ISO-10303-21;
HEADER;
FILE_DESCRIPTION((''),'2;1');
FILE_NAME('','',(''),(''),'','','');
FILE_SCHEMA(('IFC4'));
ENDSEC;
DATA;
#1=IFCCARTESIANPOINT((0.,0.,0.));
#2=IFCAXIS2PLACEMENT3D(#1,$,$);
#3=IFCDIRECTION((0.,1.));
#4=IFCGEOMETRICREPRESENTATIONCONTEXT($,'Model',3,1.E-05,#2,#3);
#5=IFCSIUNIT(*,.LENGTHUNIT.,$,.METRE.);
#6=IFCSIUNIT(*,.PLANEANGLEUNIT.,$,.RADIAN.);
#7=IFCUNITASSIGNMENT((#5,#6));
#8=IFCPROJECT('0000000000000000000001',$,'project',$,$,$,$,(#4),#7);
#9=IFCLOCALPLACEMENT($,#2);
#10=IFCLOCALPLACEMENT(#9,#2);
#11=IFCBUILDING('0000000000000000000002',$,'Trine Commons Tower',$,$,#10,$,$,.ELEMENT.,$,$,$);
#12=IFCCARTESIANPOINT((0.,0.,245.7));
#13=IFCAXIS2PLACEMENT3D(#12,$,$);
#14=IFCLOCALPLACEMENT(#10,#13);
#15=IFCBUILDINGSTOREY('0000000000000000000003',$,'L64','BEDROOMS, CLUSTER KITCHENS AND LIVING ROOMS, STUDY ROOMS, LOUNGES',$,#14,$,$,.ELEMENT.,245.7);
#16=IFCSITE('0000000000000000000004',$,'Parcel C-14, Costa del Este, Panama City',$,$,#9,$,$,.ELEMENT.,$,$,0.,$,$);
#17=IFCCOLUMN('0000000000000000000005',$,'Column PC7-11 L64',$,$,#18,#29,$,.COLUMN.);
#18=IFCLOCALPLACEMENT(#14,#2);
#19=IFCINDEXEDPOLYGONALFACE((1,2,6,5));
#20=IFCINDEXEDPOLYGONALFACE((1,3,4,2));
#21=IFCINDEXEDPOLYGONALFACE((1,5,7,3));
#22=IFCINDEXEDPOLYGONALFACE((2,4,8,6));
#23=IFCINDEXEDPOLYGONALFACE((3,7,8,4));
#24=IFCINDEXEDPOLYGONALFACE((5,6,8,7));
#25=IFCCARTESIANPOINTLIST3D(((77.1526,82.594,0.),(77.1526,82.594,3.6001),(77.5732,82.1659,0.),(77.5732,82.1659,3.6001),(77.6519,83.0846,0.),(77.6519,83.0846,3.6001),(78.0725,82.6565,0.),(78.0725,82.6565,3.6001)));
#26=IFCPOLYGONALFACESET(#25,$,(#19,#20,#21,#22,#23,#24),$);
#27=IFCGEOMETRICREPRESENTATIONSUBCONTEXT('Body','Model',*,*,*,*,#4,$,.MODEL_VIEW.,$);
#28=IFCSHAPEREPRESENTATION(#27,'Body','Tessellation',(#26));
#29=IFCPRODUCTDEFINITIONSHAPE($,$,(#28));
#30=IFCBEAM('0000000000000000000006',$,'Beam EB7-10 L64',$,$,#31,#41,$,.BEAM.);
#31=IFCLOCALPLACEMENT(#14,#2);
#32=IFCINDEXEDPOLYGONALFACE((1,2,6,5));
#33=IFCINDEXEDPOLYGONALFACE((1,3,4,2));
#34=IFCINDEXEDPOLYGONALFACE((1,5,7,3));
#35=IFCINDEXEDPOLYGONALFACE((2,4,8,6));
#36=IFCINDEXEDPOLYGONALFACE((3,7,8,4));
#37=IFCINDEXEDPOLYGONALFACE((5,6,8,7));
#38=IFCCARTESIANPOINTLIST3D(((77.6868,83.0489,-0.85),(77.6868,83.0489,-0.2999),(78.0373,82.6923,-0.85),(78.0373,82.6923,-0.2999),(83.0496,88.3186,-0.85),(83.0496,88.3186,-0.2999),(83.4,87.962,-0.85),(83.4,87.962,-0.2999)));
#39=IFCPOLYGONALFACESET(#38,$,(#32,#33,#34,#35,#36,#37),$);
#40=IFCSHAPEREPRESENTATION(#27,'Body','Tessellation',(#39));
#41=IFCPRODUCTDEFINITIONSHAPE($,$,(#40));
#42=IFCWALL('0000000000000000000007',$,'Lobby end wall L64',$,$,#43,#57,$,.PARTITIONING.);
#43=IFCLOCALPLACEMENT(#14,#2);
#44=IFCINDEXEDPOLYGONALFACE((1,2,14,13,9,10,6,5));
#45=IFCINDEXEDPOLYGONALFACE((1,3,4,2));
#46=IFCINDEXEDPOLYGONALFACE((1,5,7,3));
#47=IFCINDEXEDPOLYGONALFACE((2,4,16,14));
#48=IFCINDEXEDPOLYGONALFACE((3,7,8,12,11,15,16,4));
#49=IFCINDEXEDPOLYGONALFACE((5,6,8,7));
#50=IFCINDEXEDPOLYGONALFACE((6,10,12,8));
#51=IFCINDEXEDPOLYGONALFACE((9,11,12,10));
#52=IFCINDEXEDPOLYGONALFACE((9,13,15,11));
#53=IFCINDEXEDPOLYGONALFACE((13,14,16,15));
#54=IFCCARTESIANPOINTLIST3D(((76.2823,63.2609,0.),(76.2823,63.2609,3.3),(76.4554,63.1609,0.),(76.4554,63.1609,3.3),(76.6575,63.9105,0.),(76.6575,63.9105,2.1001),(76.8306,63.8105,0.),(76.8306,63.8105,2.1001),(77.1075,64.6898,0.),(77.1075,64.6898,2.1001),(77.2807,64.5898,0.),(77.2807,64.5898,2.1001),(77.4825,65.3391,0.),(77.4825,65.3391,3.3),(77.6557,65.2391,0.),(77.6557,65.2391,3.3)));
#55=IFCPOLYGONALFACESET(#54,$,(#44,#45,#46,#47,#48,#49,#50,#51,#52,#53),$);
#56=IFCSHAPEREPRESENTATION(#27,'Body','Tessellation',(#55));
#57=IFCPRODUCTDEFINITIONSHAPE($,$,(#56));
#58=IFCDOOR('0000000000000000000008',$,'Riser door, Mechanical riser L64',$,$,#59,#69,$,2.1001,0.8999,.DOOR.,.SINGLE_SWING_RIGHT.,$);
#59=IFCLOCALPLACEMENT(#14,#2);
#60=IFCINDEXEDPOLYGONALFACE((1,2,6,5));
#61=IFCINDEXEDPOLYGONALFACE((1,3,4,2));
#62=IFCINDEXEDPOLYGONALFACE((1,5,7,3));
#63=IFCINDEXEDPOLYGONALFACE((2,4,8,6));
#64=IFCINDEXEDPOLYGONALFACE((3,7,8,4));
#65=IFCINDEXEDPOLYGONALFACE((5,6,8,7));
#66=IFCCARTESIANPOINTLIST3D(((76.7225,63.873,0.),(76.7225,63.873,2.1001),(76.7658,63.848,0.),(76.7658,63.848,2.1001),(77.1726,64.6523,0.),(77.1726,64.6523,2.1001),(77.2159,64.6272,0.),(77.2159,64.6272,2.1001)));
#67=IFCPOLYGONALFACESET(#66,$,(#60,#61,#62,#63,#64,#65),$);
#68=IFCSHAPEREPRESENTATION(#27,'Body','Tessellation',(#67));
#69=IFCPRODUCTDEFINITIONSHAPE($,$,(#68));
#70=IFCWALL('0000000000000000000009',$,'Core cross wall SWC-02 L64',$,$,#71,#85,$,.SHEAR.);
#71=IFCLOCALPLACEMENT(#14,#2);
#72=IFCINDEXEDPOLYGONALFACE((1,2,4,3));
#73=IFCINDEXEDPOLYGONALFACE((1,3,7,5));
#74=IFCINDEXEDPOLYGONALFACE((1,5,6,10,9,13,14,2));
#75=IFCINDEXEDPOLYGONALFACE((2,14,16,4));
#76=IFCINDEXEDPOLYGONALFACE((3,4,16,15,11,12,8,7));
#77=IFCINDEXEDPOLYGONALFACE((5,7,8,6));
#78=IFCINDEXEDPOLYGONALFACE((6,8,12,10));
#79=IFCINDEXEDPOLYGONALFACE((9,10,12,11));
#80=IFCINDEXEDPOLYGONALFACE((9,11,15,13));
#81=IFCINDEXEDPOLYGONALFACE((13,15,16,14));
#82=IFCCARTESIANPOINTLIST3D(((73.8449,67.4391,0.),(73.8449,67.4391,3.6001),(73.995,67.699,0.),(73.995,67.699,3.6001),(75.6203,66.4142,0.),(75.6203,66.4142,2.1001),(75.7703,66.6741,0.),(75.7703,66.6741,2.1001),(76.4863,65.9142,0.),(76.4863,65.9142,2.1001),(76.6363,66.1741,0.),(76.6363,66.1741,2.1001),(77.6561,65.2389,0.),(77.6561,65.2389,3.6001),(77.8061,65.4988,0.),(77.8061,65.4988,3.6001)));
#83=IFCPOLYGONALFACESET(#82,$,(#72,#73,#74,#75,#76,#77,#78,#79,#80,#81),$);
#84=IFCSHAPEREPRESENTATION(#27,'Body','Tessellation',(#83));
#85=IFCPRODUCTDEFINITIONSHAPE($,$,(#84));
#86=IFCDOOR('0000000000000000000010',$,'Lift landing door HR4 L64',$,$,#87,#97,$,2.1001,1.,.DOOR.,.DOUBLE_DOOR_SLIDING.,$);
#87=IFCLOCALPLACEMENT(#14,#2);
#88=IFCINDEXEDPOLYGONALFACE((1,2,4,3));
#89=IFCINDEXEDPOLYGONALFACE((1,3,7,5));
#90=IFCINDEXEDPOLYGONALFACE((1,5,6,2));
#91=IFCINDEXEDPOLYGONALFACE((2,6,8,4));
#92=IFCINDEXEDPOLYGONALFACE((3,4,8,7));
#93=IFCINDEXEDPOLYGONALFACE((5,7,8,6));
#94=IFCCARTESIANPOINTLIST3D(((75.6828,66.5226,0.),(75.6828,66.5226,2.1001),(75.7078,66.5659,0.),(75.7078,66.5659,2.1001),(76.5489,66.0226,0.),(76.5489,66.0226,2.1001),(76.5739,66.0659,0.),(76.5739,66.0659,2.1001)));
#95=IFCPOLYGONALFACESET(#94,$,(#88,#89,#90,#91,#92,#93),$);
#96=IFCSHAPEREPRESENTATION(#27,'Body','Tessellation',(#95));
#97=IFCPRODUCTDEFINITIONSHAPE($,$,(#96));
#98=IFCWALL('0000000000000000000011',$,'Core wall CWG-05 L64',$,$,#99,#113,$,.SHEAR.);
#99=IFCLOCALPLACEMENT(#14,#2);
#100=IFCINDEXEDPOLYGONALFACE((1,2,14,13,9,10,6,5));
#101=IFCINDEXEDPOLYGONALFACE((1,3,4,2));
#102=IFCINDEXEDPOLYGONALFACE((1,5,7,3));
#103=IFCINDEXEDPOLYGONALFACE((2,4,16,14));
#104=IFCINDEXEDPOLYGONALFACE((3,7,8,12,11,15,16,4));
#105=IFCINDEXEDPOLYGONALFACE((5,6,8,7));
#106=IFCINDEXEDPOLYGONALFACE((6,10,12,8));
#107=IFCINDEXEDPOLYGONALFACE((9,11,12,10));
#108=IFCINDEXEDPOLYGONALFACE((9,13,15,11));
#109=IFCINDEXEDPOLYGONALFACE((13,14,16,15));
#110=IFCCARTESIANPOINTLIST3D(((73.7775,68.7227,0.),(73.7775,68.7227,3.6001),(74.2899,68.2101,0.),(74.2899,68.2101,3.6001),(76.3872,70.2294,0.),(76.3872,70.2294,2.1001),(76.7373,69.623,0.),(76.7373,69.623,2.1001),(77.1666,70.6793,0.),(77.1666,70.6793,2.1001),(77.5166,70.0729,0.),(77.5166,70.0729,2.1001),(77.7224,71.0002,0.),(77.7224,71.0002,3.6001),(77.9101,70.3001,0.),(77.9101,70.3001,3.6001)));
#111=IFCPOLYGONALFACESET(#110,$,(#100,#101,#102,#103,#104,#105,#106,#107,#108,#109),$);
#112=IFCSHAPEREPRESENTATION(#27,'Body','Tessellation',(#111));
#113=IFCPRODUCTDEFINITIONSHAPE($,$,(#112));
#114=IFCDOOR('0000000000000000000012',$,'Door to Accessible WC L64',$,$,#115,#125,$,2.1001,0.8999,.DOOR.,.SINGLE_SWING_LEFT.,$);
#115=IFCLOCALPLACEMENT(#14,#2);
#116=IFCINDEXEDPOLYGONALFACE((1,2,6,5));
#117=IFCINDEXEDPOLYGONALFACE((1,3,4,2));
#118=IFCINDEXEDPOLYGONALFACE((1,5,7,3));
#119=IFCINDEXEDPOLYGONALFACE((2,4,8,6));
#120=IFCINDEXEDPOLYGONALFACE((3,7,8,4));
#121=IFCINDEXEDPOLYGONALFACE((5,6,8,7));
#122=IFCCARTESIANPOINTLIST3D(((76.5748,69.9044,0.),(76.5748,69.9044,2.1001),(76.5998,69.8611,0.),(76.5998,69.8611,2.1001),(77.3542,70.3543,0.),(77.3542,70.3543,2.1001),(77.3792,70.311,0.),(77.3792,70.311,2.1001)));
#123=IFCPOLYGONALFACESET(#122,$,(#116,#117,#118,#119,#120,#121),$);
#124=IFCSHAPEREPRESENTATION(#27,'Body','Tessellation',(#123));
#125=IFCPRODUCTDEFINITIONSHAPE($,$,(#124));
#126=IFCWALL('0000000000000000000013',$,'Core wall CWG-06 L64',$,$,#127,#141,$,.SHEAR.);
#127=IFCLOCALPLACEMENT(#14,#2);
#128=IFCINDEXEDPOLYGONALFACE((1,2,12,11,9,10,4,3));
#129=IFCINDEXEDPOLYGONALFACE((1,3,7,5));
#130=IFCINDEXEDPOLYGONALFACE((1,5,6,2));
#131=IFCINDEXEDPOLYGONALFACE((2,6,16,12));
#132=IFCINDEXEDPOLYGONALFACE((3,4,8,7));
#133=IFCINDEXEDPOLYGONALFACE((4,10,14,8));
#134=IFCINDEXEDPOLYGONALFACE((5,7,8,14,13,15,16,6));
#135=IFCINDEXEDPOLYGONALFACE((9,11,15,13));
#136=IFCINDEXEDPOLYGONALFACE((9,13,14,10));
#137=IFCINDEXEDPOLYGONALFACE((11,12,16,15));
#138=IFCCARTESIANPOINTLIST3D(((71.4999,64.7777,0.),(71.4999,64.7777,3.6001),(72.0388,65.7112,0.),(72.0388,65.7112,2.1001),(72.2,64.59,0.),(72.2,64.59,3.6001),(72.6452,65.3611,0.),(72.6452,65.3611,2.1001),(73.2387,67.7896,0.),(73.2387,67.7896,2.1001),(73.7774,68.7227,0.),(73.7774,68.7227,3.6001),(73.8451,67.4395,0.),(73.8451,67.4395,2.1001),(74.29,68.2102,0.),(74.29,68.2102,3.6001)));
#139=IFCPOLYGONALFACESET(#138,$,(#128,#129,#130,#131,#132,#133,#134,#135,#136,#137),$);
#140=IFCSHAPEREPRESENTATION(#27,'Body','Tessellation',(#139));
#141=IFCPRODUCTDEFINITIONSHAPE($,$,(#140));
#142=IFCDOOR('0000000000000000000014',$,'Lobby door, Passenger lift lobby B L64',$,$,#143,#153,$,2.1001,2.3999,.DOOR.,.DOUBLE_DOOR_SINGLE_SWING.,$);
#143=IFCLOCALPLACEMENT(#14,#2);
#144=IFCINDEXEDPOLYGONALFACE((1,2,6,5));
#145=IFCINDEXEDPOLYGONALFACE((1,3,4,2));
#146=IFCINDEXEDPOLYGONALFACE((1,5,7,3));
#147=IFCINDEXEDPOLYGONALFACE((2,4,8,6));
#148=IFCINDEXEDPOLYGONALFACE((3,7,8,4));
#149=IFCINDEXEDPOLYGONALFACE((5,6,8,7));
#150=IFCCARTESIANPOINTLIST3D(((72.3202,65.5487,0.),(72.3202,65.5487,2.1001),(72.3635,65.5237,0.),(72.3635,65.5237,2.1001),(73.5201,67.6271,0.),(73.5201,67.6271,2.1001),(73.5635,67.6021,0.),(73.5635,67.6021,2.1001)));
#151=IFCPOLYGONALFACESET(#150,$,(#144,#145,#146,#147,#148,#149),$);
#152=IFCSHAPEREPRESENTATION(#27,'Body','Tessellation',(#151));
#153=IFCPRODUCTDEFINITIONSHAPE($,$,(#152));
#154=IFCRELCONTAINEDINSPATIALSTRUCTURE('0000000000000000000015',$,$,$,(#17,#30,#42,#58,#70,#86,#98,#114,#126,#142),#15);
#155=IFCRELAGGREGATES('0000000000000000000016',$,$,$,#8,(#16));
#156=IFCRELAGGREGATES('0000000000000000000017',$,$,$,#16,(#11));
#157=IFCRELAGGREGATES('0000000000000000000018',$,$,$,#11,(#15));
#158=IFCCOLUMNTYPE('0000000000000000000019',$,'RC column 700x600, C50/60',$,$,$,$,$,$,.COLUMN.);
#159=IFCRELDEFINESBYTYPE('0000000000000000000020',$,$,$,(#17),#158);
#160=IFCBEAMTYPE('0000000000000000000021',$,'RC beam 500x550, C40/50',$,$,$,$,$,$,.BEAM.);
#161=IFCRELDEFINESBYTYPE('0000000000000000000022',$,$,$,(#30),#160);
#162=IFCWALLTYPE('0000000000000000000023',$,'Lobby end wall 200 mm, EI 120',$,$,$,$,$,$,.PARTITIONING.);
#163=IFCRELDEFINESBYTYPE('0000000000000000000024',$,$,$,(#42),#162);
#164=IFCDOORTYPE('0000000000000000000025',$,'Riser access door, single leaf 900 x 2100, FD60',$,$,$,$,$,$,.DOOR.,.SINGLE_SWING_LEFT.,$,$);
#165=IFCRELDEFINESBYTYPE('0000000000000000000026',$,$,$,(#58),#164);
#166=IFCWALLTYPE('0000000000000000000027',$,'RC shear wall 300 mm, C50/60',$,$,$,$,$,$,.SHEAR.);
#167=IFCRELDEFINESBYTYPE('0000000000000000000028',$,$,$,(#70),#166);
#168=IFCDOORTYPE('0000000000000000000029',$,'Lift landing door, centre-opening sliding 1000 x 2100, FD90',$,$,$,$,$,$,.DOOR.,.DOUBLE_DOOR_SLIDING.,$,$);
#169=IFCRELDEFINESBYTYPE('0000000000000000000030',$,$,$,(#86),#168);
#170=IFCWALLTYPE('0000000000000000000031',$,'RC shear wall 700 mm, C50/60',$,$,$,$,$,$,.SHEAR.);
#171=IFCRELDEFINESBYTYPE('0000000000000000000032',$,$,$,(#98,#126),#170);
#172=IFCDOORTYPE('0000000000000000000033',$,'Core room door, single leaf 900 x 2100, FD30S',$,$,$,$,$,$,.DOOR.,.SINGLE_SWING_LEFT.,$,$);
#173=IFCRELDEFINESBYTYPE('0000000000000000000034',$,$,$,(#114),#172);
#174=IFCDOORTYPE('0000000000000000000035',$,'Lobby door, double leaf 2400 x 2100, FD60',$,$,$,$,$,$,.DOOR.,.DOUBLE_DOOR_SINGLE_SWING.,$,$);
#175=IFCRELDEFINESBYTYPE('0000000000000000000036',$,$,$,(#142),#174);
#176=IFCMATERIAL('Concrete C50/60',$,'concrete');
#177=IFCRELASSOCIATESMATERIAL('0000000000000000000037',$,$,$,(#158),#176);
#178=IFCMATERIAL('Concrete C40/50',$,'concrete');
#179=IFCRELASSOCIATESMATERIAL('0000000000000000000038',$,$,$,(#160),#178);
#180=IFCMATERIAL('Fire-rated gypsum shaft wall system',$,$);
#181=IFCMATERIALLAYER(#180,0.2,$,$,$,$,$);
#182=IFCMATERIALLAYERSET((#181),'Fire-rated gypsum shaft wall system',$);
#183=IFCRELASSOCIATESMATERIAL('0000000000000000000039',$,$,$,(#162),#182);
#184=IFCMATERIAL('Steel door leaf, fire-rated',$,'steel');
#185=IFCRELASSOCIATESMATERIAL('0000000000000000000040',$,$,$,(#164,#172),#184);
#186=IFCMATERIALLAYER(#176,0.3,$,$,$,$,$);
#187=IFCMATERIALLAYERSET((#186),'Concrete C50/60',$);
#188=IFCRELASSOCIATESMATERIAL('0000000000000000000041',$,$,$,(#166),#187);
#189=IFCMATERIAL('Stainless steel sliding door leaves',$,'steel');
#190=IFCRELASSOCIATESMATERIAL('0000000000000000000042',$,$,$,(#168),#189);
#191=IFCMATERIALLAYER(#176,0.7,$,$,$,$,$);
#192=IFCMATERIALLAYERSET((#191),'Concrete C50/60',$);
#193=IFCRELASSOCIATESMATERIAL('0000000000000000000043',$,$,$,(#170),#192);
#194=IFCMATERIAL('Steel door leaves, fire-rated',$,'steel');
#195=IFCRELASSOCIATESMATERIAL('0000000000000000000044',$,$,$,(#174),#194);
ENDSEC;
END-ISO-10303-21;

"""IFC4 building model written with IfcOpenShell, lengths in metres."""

from ifc_helpers import new_model, si_unit, direction, frame, frame_2d, origin, origin_2d, place, context, subcontext, project, spatial, polyline, rectangle, outline, extrude, material, layer, layer_set, material_profile, profile_set, type_object, element, fill, save


model = new_model("IFC4")

# Units and contexts
model_context = context("Model", 3, precision=1e-05, world=origin(), true_north=direction((0.0, 1.0)))
body_context = subcontext(model_context, "Body", "Model", "MODEL_VIEW")
ifc_project = project(units=[si_unit("LENGTHUNIT", "METRE"), si_unit("PLANEANGLEUNIT", "RADIAN")], contexts=[model_context])

# Site, building, storey
site_placement = place(None, origin())
site = spatial("IfcSite", under=ifc_project, at=site_placement, Name="Parcel C-14, Costa del Este, Panama City", CompositionType="ELEMENT", RefElevation=0.0)
building_placement = place(site_placement, origin())
building = spatial("IfcBuilding", under=site, at=building_placement, Name="Trine Commons Tower", CompositionType="ELEMENT")
storey_placement = place(building_placement, frame((0.0, 0.0, 245.7)))
storey = spatial("IfcBuildingStorey", under=building, at=storey_placement, Name="L64", Description="BEDROOMS, CLUSTER KITCHENS AND LIVING ROOMS, STUDY ROOMS, LOUNGES", CompositionType="ELEMENT", Elevation=245.7)

# Column
ifc_material_1 = material(Name="Concrete C50/60", Category="concrete")
ifc_material_profile_1 = material_profile(ifc_material_1, rectangle(XDim=0.7, YDim=0.6001, at=origin_2d()), Name="RC 700x600")
ifc_profile_set_1 = profile_set([ifc_material_profile_1], Name="Concrete C50/60")
column_type = type_object("IfcColumnType", Name="RC column 700x600, C50/60", PredefinedType="COLUMN", material=ifc_profile_set_1)
column_placement = place(storey_placement, frame((77.6125, 82.6252, 0.0), z_axis=(0.0, 0.0, 1.0), x_axis=(0.71325, 0.700909, 0.0)))
element("IfcColumn", 1, at=column_placement, inside=storey, type_object=column_type, Name="Column PC7-11 L64", PredefinedType="COLUMN", context=body_context, shape_type="SweptSolid", body=[
    extrude(rectangle(XDim=0.7, YDim=0.6001, at=origin_2d()), origin(), (0.0, 0.0, 1.0), 3.6001),
])

# Beam
ifc_material_2 = material(Name="Concrete C40/50", Category="concrete")
ifc_material_profile_2 = material_profile(ifc_material_2, rectangle(XDim=0.5, YDim=0.55, at=origin_2d()), Name="RC 500x550")
ifc_profile_set_2 = profile_set([ifc_material_profile_2], Name="Concrete C40/50")
beam_type = type_object("IfcBeamType", Name="RC beam 500x550, C40/50", PredefinedType="BEAM", material=ifc_profile_set_2)
beam_placement = place(storey_placement, frame((77.8621, 82.8706, -0.575), z_axis=(0.713266, 0.700894, 0.0), x_axis=(-0.700894, 0.713266, 0.0)))
element("IfcBeam", 2, at=beam_placement, inside=storey, type_object=beam_type, Name="Beam EB7-10 L64", PredefinedType="BEAM", context=body_context, shape_type="SweptSolid", body=[
    extrude(rectangle(XDim=0.5, YDim=0.55, at=origin_2d()), origin(), (0.0, 0.0, 1.0), 7.5186),
])

# Walls, openings, doors
ifc_material_3 = material(Name="Fire-rated gypsum shaft wall system")
ifc_layer_1 = layer(ifc_material_3, 0.2)
ifc_layer_set_1 = layer_set([ifc_layer_1], Name="Fire-rated gypsum shaft wall system")
wall_type_1 = type_object("IfcWallType", Name="Lobby end wall 200 mm, EI 120", PredefinedType="PARTITIONING", material=ifc_layer_set_1)
wall_1_placement = place(storey_placement, frame((77.5691, 65.2891, 0.0), z_axis=(0.0, 0.0, 1.0), x_axis=(-0.500122, -0.865955, 0.0)))
wall_1 = element("IfcWall", 3, at=wall_1_placement, inside=storey, type_object=wall_type_1, Name="Lobby end wall L64", PredefinedType="PARTITIONING", context=body_context, shape_type="SweptSolid", body=[
    extrude(rectangle(XDim=2.3999, YDim=0.2, at=frame_2d((1.2, 0.0))), origin(), (0.0, 0.0, 1.0), 3.3),
])
opening_1_placement = place(wall_1_placement, frame((0.7498, 0.0, 0.0)))
opening_1 = element("IfcOpeningElement", 4, at=opening_1_placement, cuts=wall_1, PredefinedType="OPENING", context=body_context, shape_type="SweptSolid", body=[
    extrude(rectangle(XDim=0.8999, YDim=2.1001, at=frame_2d((0.45, 1.05))), frame((0.0, 0.1099, 0.0), z_axis=(0.0, -1.0, 0.0), x_axis=(1.0, 0.0, 0.0)), (0.0, 0.0, 1.0), 0.22),
])
ifc_material_4 = material(Name="Steel door leaf, fire-rated", Category="steel")
door_type_1 = type_object("IfcDoorType", Name="Riser access door, single leaf 900 x 2100, FD60", OperationType="SINGLE_SWING_LEFT", PredefinedType="DOOR", material=ifc_material_4)
door_1_placement = place(opening_1_placement, frame((0.8999, 0.0, 0.0), z_axis=(0.0, 0.0, 1.0), x_axis=(-1.0, 0.0, 0.0)))
door_1 = element("IfcDoor", 5, at=door_1_placement, inside=storey, type_object=door_type_1, Name="Riser door, Mechanical riser L64", OperationType="SINGLE_SWING_RIGHT", OverallHeight=2.1001, OverallWidth=0.8999, PredefinedType="DOOR", context=body_context, shape_type="SweptSolid", body=[
    extrude(rectangle(XDim=0.8999, YDim=2.1001, at=frame_2d((0.45, 1.05))), frame((0.0, 0.0249, 0.0), z_axis=(0.0, -1.0, 0.0), x_axis=(1.0, 0.0, 0.0)), (0.0, 0.0, 1.0), 0.05),
])
fill(opening_1, door_1)
ifc_layer_2 = layer(ifc_material_1, 0.3)
ifc_layer_set_2 = layer_set([ifc_layer_2], Name="Concrete C50/60")
wall_type_2 = type_object("IfcWallType", Name="RC shear wall 300 mm, C50/60", PredefinedType="SHEAR", material=ifc_layer_set_2)
wall_2_placement = place(storey_placement, frame((77.731, 65.3689, 0.0), z_axis=(0.0, 0.0, 1.0), x_axis=(-0.866036, 0.499982, 0.0)))
wall_2 = element("IfcWall", 6, at=wall_2_placement, inside=storey, type_object=wall_type_2, Name="Core cross wall SWC-02 L64", PredefinedType="SHEAR", context=body_context, shape_type="SweptSolid", body=[
    extrude(rectangle(XDim=4.4006, YDim=0.3, at=frame_2d((2.2002, 0.0))), origin(), (0.0, 0.0, 1.0), 3.6001),
])
opening_2_placement = place(wall_2_placement, frame((1.3506, 0.0, 0.0)))
opening_2 = element("IfcOpeningElement", 7, at=opening_2_placement, cuts=wall_2, PredefinedType="OPENING", context=body_context, shape_type="SweptSolid", body=[
    extrude(rectangle(XDim=1.0, YDim=2.1001, at=frame_2d((0.5, 1.05))), frame((0.0, 0.1599, 0.0), z_axis=(0.0, -1.0, 0.0), x_axis=(1.0, 0.0, 0.0)), (0.0, 0.0, 1.0), 0.3201),
])
ifc_material_5 = material(Name="Stainless steel sliding door leaves", Category="steel")
door_type_2 = type_object("IfcDoorType", Name="Lift landing door, centre-opening sliding 1000 x 2100, FD90", OperationType="DOUBLE_DOOR_SLIDING", PredefinedType="DOOR", material=ifc_material_5)
door_2_placement = place(opening_2_placement, origin())
door_2 = element("IfcDoor", 8, at=door_2_placement, inside=storey, type_object=door_type_2, Name="Lift landing door HR4 L64", OperationType="DOUBLE_DOOR_SLIDING", OverallHeight=2.1001, OverallWidth=1.0, PredefinedType="DOOR", context=body_context, shape_type="SweptSolid", body=[
    extrude(rectangle(XDim=1.0, YDim=2.1001, at=frame_2d((0.5, 1.05))), frame((0.0, 0.0249, 0.0), z_axis=(0.0, -1.0, 0.0), x_axis=(1.0, 0.0, 0.0)), (0.0, 0.0, 1.0), 0.05),
])
fill(opening_2, door_2)
ifc_layer_3 = layer(ifc_material_1, 0.7)
ifc_layer_set_3 = layer_set([ifc_layer_3], Name="Concrete C50/60")
wall_type_3 = type_object("IfcWallType", Name="RC shear wall 700 mm, C50/60", PredefinedType="SHEAR", material=ifc_layer_set_3)
wall_3_placement = place(storey_placement, frame((77.8975, 70.697, 0.0), z_axis=(0.0, 0.0, 1.0), x_axis=(-0.866035, -0.499984, 0.0)))
wall_3 = element("IfcWall", 9, at=wall_3_placement, inside=storey, type_object=wall_type_3, Name="Core wall CWG-05 L64", PredefinedType="SHEAR", context=body_context, shape_type="SweptSolid", body=[
    extrude(outline(polyline([(0.0, -0.3501), (4.5552, -0.3501), (4.3677, 0.3501), (0.1875, 0.3501), (0.0, -0.3501)])), origin(), (0.0, 0.0, 1.0), 3.6001),
])
opening_3_placement = place(wall_3_placement, frame((0.6418, 0.0, 0.0)))
opening_3 = element("IfcOpeningElement", 10, at=opening_3_placement, cuts=wall_3, PredefinedType="OPENING", context=body_context, shape_type="SweptSolid", body=[
    extrude(rectangle(XDim=0.8999, YDim=2.1001, at=frame_2d((0.45, 1.05))), frame((0.0, 0.3599, 0.0), z_axis=(0.0, -1.0, 0.0), x_axis=(1.0, 0.0, 0.0)), (0.0, 0.0, 1.0), 0.72),
])
door_type_3 = type_object("IfcDoorType", Name="Core room door, single leaf 900 x 2100, FD30S", OperationType="SINGLE_SWING_LEFT", PredefinedType="DOOR", material=ifc_material_4)
door_3_placement = place(opening_3_placement, origin())
door_3 = element("IfcDoor", 11, at=door_3_placement, inside=storey, type_object=door_type_3, Name="Door to Accessible WC L64", OperationType="SINGLE_SWING_LEFT", OverallHeight=2.1001, OverallWidth=0.8999, PredefinedType="DOOR", context=body_context, shape_type="SweptSolid", body=[
    extrude(rectangle(XDim=0.8999, YDim=2.1001, at=frame_2d((0.45, 1.05))), frame((0.0, 0.0752, 0.0), z_axis=(0.0, -1.0, 0.0), x_axis=(1.0, 0.0, 0.0)), (0.0, 0.0, 1.0), 0.05),
])
fill(opening_3, door_3)
wall_4_placement = place(storey_placement, frame((74.0806, 68.5476, 0.0), z_axis=(0.0, 0.0, 1.0), x_axis=(-0.499984, -0.866035, 0.0)))
wall_4 = element("IfcWall", 12, at=wall_4_placement, inside=storey, type_object=wall_type_3, Name="Core wall CWG-06 L64", PredefinedType="SHEAR", context=body_context, shape_type="SweptSolid", body=[
    extrude(outline(polyline([(0.0, -0.3501), (4.5552, -0.3501), (4.3677, 0.3501), (0.1875, 0.3501), (0.0, -0.3501)])), origin(), (0.0, 0.0, 1.0), 3.6001),
])
opening_4_placement = place(wall_4_placement, frame((1.0774, 0.0, 0.0)))
opening_4 = element("IfcOpeningElement", 13, at=opening_4_placement, cuts=wall_4, PredefinedType="OPENING", context=body_context, shape_type="SweptSolid", body=[
    extrude(rectangle(XDim=2.3999, YDim=2.1001, at=frame_2d((1.2, 1.05))), frame((0.0, 0.3599, 0.0), z_axis=(0.0, -1.0, 0.0), x_axis=(1.0, 0.0, 0.0)), (0.0, 0.0, 1.0), 0.72),
])
ifc_material_6 = material(Name="Steel door leaves, fire-rated", Category="steel")
door_type_4 = type_object("IfcDoorType", Name="Lobby door, double leaf 2400 x 2100, FD60", OperationType="DOUBLE_DOOR_SINGLE_SWING", PredefinedType="DOOR", material=ifc_material_6)
door_4_placement = place(opening_4_placement, origin())
door_4 = element("IfcDoor", 14, at=door_4_placement, inside=storey, type_object=door_type_4, Name="Lobby door, Passenger lift lobby B L64", OperationType="DOUBLE_DOOR_SINGLE_SWING", OverallHeight=2.1001, OverallWidth=2.3999, PredefinedType="DOOR", context=body_context, shape_type="SweptSolid", body=[
    extrude(rectangle(XDim=2.3999, YDim=2.1001, at=frame_2d((1.2, 1.05))), frame((0.0, 0.0249, 0.0), z_axis=(0.0, -1.0, 0.0), x_axis=(1.0, 0.0, 0.0)), (0.0, 0.0, 1.0), 0.05),
])
fill(opening_4, door_4)

save(model, "model.ifc")
